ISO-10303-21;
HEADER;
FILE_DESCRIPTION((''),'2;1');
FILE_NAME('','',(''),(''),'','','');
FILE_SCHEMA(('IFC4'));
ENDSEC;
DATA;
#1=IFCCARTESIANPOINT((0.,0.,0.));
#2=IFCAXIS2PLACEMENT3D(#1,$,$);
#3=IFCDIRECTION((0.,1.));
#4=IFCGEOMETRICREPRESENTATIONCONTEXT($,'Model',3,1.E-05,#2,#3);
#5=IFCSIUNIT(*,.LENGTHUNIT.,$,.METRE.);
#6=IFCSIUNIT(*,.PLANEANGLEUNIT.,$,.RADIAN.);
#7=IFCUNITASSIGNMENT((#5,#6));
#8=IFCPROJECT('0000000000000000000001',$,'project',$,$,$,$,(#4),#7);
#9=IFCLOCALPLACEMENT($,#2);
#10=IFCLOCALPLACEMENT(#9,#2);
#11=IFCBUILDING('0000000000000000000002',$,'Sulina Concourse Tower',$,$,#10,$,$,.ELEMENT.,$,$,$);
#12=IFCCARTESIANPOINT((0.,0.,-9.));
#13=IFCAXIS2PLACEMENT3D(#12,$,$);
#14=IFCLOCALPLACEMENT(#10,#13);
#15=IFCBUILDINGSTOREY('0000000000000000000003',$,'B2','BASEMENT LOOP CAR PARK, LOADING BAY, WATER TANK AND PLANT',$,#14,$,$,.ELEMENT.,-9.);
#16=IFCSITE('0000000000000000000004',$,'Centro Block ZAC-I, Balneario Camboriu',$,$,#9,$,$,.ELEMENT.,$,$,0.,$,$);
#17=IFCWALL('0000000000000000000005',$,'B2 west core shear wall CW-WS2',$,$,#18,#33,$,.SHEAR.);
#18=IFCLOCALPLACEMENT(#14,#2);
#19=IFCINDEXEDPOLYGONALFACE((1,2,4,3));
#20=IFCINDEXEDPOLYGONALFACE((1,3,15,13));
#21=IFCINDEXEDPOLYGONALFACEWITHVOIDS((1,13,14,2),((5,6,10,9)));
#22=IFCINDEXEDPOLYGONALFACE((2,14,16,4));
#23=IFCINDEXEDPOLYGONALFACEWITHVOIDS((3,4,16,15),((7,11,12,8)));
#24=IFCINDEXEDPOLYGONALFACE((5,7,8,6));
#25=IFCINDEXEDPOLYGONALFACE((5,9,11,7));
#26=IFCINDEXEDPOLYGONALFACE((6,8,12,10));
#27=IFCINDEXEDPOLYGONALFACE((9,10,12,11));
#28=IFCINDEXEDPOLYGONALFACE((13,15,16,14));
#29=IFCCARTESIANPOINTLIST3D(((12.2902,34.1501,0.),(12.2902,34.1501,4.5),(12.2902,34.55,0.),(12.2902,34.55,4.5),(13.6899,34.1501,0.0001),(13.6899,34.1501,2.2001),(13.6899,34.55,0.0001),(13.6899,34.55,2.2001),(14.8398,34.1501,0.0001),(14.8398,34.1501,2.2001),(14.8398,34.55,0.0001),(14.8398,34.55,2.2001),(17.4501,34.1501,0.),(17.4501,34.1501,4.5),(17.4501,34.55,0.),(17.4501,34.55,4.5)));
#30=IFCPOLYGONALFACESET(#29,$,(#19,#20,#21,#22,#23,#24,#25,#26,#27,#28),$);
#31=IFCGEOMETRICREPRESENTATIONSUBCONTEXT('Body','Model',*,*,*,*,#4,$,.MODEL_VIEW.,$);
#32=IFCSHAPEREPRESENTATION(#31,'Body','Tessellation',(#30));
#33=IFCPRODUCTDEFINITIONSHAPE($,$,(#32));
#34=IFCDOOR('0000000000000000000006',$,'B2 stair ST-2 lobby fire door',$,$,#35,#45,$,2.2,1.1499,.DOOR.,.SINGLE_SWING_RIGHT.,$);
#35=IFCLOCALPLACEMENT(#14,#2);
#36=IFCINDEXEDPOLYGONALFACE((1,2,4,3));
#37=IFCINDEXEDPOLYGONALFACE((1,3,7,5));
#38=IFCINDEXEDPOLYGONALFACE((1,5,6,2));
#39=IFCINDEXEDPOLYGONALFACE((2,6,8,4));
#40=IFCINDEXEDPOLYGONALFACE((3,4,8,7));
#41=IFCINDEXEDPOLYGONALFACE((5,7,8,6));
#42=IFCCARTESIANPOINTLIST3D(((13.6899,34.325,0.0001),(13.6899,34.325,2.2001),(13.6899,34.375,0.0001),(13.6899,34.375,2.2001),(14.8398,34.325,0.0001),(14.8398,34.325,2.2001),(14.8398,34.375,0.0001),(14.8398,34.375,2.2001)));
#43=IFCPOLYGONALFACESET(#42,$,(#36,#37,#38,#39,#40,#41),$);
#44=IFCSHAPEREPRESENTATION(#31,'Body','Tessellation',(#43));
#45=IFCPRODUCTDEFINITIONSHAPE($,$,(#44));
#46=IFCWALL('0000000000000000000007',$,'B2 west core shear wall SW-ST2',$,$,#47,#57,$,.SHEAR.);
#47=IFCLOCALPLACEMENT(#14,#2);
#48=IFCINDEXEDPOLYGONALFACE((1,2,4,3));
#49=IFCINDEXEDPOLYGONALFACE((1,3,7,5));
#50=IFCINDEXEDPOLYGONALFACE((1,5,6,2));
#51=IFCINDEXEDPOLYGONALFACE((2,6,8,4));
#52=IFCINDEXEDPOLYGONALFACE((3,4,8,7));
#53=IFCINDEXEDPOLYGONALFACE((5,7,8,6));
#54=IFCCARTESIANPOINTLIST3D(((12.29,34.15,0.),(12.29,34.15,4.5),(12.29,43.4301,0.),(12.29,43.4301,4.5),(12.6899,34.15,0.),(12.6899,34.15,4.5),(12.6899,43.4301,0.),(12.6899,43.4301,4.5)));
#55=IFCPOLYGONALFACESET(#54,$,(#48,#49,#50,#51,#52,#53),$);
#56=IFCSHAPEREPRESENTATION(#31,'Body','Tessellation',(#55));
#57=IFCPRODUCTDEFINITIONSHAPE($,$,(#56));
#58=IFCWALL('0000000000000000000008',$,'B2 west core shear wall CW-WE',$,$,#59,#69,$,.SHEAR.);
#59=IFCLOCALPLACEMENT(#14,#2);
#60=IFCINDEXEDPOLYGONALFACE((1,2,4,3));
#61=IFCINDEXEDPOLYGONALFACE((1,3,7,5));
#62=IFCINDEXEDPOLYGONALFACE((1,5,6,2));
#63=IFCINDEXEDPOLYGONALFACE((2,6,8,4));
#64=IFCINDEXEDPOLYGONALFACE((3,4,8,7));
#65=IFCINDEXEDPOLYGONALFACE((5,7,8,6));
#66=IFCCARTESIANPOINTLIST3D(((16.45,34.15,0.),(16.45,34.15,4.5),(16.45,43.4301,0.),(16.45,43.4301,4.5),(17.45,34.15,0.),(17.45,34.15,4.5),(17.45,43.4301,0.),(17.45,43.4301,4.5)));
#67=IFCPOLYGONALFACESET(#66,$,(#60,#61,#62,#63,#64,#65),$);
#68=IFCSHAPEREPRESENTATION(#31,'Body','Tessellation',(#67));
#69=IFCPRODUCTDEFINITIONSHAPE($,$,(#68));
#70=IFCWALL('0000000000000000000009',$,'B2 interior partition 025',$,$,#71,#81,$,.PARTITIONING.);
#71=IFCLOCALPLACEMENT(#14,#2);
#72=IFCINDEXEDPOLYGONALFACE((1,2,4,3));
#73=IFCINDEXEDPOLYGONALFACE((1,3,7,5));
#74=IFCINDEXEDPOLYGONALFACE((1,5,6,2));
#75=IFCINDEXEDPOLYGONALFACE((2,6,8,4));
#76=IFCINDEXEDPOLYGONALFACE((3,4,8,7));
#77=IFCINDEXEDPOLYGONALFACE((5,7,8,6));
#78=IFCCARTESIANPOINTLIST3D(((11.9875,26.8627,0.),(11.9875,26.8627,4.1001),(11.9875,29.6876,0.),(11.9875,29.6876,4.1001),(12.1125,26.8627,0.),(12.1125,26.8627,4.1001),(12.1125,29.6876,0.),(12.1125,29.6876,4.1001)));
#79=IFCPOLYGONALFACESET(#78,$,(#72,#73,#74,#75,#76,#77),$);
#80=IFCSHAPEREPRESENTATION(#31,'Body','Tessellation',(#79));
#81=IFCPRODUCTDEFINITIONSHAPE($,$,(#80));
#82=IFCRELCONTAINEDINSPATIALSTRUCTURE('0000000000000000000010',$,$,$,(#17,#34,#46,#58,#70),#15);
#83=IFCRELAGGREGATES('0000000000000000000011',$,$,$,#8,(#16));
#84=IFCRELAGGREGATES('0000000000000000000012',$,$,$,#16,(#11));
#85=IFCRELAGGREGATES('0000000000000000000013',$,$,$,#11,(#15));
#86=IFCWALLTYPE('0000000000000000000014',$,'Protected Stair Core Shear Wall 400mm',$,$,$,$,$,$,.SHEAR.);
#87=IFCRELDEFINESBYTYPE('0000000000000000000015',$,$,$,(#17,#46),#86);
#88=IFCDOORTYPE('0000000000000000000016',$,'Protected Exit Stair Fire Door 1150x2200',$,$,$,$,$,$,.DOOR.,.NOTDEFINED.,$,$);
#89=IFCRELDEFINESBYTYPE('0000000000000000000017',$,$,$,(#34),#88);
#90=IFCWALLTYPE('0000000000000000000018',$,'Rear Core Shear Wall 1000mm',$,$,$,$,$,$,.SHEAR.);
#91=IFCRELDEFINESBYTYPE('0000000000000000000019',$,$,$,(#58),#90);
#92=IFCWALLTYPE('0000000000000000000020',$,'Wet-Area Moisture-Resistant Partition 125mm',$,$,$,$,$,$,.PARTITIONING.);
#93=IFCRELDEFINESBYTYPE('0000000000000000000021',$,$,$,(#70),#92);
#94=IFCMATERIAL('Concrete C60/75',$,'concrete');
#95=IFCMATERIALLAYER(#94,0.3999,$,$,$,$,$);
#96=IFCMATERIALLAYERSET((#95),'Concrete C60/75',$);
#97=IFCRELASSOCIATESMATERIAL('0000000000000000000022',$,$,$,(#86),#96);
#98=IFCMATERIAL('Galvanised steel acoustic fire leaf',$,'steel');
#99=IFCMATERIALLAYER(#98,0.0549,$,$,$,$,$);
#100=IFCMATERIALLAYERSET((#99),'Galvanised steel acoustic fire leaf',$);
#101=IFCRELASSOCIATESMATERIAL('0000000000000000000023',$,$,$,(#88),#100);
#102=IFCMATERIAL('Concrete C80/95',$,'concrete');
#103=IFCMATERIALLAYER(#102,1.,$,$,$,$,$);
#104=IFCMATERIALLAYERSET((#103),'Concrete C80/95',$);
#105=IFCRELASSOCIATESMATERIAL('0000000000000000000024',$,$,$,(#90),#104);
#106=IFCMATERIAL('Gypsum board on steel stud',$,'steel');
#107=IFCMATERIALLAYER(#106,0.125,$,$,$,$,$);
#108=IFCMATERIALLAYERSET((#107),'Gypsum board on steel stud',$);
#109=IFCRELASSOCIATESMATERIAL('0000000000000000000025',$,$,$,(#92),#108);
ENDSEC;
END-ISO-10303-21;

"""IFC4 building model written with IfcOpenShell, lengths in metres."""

from ifc_helpers import new_model, si_unit, direction, frame, frame_2d, origin, place, context, subcontext, project, spatial, rectangle, extrude, material, layer, layer_set, type_object, element, fill, save


model = new_model("IFC4")

# Units and contexts
model_context = context("Model", 3, precision=1e-05, world=origin(), true_north=direction((0.0, 1.0)))
body_context = subcontext(model_context, "Body", "Model", "MODEL_VIEW")
ifc_project = project(units=[si_unit("LENGTHUNIT", "METRE"), si_unit("PLANEANGLEUNIT", "RADIAN")], contexts=[model_context])

# Site, building, storey
site_placement = place(None, origin())
site = spatial("IfcSite", under=ifc_project, at=site_placement, Name="Centro Block ZAC-I, Balneario Camboriu", CompositionType="ELEMENT", RefElevation=0.0)
building_placement = place(site_placement, origin())
building = spatial("IfcBuilding", under=site, at=building_placement, Name="Sulina Concourse Tower", CompositionType="ELEMENT")
storey_placement = place(building_placement, frame((0.0, 0.0, -9.0)))
storey = spatial("IfcBuildingStorey", under=building, at=storey_placement, Name="B2", Description="BASEMENT LOOP CAR PARK, LOADING BAY, WATER TANK AND PLANT", CompositionType="ELEMENT", Elevation=-9.0)

# Wall, opening, door
ifc_material_1 = material(Name="Concrete C60/75", Category="concrete")
ifc_layer_1 = layer(ifc_material_1, 0.3999)
ifc_layer_set_1 = layer_set([ifc_layer_1], Name="Concrete C60/75")
wall_type_1 = type_object("IfcWallType", Name="Protected Stair Core Shear Wall 400mm", PredefinedType="SHEAR", material=ifc_layer_set_1)
wall_1_placement = place(storey_placement, frame((12.29, 34.3501, 0.0), z_axis=(0.0, 0.0, 1.0), x_axis=(1.0, 0.0, 0.0)))
wall_1 = element("IfcWall", 1, at=wall_1_placement, inside=storey, type_object=wall_type_1, Name="B2 west core shear wall CW-WS2", PredefinedType="SHEAR", context=body_context, shape_type="SweptSolid", body=[
    extrude(rectangle(XDim=5.1599, YDim=0.3999, at=frame_2d((2.5801, 0.0))), origin(), (0.0, 0.0, 1.0), 4.5),
])
opening_1_placement = place(wall_1_placement, frame((1.3999, 0.0, 0.0)))
opening_1 = element("IfcOpeningElement", 2, at=opening_1_placement, cuts=wall_1, PredefinedType="OPENING", context=body_context, shape_type="SweptSolid", body=[
    extrude(rectangle(XDim=1.1499, YDim=2.2, at=frame_2d((0.575, 1.1001))), frame((0.0, 0.21, 0.0), z_axis=(0.0, -1.0, 0.0), x_axis=(1.0, 0.0, 0.0)), (0.0, 0.0, 1.0), 0.4199),
])
ifc_material_2 = material(Name="Galvanised steel acoustic fire leaf", Category="steel")
ifc_layer_2 = layer(ifc_material_2, 0.0549)
ifc_layer_set_2 = layer_set([ifc_layer_2], Name="Galvanised steel acoustic fire leaf")
door_type_1 = type_object("IfcDoorType", Name="Protected Exit Stair Fire Door 1150x2200", OperationType="NOTDEFINED", PredefinedType="DOOR", material=ifc_layer_set_2)
door_1_placement = place(opening_1_placement, origin())
door_1 = element("IfcDoor", 3, at=door_1_placement, inside=storey, type_object=door_type_1, Name="B2 stair ST-2 lobby fire door", OperationType="SINGLE_SWING_RIGHT", OverallHeight=2.2, OverallWidth=1.1499, PredefinedType="DOOR", context=body_context, shape_type="SweptSolid", body=[
    extrude(rectangle(XDim=1.1499, YDim=2.2, at=frame_2d((0.575, 1.1001))), frame((0.0, 0.0249, 0.0), z_axis=(0.0, -1.0, 0.0), x_axis=(1.0, 0.0, 0.0)), (0.0, 0.0, 1.0), 0.05),
])
fill(opening_1, door_1)

# Walls
wall_2_placement = place(storey_placement, frame((12.49, 34.1499, 0.0), z_axis=(0.0, 0.0, 1.0), x_axis=(0.0, 1.0, 0.0)))
element("IfcWall", 4, at=wall_2_placement, inside=storey, type_object=wall_type_1, Name="B2 west core shear wall SW-ST2", PredefinedType="SHEAR", context=body_context, shape_type="SweptSolid", body=[
    extrude(rectangle(XDim=9.28, YDim=0.3999, at=frame_2d((4.6401, 0.0))), origin(), (0.0, 0.0, 1.0), 4.5),
])
ifc_material_3 = material(Name="Concrete C80/95", Category="concrete")
ifc_layer_3 = layer(ifc_material_3, 1.0)
ifc_layer_set_3 = layer_set([ifc_layer_3], Name="Concrete C80/95")
wall_type_2 = type_object("IfcWallType", Name="Rear Core Shear Wall 1000mm", PredefinedType="SHEAR", material=ifc_layer_set_3)
wall_3_placement = place(storey_placement, frame((16.95, 34.1499, 0.0), z_axis=(0.0, 0.0, 1.0), x_axis=(0.0, 1.0, 0.0)))
element("IfcWall", 5, at=wall_3_placement, inside=storey, type_object=wall_type_2, Name="B2 west core shear wall CW-WE", PredefinedType="SHEAR", context=body_context, shape_type="SweptSolid", body=[
    extrude(rectangle(XDim=9.28, YDim=1.0, at=frame_2d((4.6401, 0.0))), origin(), (0.0, 0.0, 1.0), 4.5),
])
ifc_material_4 = material(Name="Gypsum board on steel stud", Category="steel")
ifc_layer_4 = layer(ifc_material_4, 0.125)
ifc_layer_set_4 = layer_set([ifc_layer_4], Name="Gypsum board on steel stud")
wall_type_3 = type_object("IfcWallType", Name="Wet-Area Moisture-Resistant Partition 125mm", PredefinedType="PARTITIONING", material=ifc_layer_set_4)
wall_4_placement = place(storey_placement, frame((12.05, 26.8625, 0.0), z_axis=(0.0, 0.0, 1.0), x_axis=(0.0, 1.0, 0.0)))
element("IfcWall", 6, at=wall_4_placement, inside=storey, type_object=wall_type_3, Name="B2 interior partition 025", PredefinedType="PARTITIONING", context=body_context, shape_type="SweptSolid", body=[
    extrude(rectangle(XDim=2.825, YDim=0.125, at=frame_2d((1.4126, 0.0))), origin(), (0.0, 0.0, 1.0), 4.1001),
])

save(model, "model.ifc")
